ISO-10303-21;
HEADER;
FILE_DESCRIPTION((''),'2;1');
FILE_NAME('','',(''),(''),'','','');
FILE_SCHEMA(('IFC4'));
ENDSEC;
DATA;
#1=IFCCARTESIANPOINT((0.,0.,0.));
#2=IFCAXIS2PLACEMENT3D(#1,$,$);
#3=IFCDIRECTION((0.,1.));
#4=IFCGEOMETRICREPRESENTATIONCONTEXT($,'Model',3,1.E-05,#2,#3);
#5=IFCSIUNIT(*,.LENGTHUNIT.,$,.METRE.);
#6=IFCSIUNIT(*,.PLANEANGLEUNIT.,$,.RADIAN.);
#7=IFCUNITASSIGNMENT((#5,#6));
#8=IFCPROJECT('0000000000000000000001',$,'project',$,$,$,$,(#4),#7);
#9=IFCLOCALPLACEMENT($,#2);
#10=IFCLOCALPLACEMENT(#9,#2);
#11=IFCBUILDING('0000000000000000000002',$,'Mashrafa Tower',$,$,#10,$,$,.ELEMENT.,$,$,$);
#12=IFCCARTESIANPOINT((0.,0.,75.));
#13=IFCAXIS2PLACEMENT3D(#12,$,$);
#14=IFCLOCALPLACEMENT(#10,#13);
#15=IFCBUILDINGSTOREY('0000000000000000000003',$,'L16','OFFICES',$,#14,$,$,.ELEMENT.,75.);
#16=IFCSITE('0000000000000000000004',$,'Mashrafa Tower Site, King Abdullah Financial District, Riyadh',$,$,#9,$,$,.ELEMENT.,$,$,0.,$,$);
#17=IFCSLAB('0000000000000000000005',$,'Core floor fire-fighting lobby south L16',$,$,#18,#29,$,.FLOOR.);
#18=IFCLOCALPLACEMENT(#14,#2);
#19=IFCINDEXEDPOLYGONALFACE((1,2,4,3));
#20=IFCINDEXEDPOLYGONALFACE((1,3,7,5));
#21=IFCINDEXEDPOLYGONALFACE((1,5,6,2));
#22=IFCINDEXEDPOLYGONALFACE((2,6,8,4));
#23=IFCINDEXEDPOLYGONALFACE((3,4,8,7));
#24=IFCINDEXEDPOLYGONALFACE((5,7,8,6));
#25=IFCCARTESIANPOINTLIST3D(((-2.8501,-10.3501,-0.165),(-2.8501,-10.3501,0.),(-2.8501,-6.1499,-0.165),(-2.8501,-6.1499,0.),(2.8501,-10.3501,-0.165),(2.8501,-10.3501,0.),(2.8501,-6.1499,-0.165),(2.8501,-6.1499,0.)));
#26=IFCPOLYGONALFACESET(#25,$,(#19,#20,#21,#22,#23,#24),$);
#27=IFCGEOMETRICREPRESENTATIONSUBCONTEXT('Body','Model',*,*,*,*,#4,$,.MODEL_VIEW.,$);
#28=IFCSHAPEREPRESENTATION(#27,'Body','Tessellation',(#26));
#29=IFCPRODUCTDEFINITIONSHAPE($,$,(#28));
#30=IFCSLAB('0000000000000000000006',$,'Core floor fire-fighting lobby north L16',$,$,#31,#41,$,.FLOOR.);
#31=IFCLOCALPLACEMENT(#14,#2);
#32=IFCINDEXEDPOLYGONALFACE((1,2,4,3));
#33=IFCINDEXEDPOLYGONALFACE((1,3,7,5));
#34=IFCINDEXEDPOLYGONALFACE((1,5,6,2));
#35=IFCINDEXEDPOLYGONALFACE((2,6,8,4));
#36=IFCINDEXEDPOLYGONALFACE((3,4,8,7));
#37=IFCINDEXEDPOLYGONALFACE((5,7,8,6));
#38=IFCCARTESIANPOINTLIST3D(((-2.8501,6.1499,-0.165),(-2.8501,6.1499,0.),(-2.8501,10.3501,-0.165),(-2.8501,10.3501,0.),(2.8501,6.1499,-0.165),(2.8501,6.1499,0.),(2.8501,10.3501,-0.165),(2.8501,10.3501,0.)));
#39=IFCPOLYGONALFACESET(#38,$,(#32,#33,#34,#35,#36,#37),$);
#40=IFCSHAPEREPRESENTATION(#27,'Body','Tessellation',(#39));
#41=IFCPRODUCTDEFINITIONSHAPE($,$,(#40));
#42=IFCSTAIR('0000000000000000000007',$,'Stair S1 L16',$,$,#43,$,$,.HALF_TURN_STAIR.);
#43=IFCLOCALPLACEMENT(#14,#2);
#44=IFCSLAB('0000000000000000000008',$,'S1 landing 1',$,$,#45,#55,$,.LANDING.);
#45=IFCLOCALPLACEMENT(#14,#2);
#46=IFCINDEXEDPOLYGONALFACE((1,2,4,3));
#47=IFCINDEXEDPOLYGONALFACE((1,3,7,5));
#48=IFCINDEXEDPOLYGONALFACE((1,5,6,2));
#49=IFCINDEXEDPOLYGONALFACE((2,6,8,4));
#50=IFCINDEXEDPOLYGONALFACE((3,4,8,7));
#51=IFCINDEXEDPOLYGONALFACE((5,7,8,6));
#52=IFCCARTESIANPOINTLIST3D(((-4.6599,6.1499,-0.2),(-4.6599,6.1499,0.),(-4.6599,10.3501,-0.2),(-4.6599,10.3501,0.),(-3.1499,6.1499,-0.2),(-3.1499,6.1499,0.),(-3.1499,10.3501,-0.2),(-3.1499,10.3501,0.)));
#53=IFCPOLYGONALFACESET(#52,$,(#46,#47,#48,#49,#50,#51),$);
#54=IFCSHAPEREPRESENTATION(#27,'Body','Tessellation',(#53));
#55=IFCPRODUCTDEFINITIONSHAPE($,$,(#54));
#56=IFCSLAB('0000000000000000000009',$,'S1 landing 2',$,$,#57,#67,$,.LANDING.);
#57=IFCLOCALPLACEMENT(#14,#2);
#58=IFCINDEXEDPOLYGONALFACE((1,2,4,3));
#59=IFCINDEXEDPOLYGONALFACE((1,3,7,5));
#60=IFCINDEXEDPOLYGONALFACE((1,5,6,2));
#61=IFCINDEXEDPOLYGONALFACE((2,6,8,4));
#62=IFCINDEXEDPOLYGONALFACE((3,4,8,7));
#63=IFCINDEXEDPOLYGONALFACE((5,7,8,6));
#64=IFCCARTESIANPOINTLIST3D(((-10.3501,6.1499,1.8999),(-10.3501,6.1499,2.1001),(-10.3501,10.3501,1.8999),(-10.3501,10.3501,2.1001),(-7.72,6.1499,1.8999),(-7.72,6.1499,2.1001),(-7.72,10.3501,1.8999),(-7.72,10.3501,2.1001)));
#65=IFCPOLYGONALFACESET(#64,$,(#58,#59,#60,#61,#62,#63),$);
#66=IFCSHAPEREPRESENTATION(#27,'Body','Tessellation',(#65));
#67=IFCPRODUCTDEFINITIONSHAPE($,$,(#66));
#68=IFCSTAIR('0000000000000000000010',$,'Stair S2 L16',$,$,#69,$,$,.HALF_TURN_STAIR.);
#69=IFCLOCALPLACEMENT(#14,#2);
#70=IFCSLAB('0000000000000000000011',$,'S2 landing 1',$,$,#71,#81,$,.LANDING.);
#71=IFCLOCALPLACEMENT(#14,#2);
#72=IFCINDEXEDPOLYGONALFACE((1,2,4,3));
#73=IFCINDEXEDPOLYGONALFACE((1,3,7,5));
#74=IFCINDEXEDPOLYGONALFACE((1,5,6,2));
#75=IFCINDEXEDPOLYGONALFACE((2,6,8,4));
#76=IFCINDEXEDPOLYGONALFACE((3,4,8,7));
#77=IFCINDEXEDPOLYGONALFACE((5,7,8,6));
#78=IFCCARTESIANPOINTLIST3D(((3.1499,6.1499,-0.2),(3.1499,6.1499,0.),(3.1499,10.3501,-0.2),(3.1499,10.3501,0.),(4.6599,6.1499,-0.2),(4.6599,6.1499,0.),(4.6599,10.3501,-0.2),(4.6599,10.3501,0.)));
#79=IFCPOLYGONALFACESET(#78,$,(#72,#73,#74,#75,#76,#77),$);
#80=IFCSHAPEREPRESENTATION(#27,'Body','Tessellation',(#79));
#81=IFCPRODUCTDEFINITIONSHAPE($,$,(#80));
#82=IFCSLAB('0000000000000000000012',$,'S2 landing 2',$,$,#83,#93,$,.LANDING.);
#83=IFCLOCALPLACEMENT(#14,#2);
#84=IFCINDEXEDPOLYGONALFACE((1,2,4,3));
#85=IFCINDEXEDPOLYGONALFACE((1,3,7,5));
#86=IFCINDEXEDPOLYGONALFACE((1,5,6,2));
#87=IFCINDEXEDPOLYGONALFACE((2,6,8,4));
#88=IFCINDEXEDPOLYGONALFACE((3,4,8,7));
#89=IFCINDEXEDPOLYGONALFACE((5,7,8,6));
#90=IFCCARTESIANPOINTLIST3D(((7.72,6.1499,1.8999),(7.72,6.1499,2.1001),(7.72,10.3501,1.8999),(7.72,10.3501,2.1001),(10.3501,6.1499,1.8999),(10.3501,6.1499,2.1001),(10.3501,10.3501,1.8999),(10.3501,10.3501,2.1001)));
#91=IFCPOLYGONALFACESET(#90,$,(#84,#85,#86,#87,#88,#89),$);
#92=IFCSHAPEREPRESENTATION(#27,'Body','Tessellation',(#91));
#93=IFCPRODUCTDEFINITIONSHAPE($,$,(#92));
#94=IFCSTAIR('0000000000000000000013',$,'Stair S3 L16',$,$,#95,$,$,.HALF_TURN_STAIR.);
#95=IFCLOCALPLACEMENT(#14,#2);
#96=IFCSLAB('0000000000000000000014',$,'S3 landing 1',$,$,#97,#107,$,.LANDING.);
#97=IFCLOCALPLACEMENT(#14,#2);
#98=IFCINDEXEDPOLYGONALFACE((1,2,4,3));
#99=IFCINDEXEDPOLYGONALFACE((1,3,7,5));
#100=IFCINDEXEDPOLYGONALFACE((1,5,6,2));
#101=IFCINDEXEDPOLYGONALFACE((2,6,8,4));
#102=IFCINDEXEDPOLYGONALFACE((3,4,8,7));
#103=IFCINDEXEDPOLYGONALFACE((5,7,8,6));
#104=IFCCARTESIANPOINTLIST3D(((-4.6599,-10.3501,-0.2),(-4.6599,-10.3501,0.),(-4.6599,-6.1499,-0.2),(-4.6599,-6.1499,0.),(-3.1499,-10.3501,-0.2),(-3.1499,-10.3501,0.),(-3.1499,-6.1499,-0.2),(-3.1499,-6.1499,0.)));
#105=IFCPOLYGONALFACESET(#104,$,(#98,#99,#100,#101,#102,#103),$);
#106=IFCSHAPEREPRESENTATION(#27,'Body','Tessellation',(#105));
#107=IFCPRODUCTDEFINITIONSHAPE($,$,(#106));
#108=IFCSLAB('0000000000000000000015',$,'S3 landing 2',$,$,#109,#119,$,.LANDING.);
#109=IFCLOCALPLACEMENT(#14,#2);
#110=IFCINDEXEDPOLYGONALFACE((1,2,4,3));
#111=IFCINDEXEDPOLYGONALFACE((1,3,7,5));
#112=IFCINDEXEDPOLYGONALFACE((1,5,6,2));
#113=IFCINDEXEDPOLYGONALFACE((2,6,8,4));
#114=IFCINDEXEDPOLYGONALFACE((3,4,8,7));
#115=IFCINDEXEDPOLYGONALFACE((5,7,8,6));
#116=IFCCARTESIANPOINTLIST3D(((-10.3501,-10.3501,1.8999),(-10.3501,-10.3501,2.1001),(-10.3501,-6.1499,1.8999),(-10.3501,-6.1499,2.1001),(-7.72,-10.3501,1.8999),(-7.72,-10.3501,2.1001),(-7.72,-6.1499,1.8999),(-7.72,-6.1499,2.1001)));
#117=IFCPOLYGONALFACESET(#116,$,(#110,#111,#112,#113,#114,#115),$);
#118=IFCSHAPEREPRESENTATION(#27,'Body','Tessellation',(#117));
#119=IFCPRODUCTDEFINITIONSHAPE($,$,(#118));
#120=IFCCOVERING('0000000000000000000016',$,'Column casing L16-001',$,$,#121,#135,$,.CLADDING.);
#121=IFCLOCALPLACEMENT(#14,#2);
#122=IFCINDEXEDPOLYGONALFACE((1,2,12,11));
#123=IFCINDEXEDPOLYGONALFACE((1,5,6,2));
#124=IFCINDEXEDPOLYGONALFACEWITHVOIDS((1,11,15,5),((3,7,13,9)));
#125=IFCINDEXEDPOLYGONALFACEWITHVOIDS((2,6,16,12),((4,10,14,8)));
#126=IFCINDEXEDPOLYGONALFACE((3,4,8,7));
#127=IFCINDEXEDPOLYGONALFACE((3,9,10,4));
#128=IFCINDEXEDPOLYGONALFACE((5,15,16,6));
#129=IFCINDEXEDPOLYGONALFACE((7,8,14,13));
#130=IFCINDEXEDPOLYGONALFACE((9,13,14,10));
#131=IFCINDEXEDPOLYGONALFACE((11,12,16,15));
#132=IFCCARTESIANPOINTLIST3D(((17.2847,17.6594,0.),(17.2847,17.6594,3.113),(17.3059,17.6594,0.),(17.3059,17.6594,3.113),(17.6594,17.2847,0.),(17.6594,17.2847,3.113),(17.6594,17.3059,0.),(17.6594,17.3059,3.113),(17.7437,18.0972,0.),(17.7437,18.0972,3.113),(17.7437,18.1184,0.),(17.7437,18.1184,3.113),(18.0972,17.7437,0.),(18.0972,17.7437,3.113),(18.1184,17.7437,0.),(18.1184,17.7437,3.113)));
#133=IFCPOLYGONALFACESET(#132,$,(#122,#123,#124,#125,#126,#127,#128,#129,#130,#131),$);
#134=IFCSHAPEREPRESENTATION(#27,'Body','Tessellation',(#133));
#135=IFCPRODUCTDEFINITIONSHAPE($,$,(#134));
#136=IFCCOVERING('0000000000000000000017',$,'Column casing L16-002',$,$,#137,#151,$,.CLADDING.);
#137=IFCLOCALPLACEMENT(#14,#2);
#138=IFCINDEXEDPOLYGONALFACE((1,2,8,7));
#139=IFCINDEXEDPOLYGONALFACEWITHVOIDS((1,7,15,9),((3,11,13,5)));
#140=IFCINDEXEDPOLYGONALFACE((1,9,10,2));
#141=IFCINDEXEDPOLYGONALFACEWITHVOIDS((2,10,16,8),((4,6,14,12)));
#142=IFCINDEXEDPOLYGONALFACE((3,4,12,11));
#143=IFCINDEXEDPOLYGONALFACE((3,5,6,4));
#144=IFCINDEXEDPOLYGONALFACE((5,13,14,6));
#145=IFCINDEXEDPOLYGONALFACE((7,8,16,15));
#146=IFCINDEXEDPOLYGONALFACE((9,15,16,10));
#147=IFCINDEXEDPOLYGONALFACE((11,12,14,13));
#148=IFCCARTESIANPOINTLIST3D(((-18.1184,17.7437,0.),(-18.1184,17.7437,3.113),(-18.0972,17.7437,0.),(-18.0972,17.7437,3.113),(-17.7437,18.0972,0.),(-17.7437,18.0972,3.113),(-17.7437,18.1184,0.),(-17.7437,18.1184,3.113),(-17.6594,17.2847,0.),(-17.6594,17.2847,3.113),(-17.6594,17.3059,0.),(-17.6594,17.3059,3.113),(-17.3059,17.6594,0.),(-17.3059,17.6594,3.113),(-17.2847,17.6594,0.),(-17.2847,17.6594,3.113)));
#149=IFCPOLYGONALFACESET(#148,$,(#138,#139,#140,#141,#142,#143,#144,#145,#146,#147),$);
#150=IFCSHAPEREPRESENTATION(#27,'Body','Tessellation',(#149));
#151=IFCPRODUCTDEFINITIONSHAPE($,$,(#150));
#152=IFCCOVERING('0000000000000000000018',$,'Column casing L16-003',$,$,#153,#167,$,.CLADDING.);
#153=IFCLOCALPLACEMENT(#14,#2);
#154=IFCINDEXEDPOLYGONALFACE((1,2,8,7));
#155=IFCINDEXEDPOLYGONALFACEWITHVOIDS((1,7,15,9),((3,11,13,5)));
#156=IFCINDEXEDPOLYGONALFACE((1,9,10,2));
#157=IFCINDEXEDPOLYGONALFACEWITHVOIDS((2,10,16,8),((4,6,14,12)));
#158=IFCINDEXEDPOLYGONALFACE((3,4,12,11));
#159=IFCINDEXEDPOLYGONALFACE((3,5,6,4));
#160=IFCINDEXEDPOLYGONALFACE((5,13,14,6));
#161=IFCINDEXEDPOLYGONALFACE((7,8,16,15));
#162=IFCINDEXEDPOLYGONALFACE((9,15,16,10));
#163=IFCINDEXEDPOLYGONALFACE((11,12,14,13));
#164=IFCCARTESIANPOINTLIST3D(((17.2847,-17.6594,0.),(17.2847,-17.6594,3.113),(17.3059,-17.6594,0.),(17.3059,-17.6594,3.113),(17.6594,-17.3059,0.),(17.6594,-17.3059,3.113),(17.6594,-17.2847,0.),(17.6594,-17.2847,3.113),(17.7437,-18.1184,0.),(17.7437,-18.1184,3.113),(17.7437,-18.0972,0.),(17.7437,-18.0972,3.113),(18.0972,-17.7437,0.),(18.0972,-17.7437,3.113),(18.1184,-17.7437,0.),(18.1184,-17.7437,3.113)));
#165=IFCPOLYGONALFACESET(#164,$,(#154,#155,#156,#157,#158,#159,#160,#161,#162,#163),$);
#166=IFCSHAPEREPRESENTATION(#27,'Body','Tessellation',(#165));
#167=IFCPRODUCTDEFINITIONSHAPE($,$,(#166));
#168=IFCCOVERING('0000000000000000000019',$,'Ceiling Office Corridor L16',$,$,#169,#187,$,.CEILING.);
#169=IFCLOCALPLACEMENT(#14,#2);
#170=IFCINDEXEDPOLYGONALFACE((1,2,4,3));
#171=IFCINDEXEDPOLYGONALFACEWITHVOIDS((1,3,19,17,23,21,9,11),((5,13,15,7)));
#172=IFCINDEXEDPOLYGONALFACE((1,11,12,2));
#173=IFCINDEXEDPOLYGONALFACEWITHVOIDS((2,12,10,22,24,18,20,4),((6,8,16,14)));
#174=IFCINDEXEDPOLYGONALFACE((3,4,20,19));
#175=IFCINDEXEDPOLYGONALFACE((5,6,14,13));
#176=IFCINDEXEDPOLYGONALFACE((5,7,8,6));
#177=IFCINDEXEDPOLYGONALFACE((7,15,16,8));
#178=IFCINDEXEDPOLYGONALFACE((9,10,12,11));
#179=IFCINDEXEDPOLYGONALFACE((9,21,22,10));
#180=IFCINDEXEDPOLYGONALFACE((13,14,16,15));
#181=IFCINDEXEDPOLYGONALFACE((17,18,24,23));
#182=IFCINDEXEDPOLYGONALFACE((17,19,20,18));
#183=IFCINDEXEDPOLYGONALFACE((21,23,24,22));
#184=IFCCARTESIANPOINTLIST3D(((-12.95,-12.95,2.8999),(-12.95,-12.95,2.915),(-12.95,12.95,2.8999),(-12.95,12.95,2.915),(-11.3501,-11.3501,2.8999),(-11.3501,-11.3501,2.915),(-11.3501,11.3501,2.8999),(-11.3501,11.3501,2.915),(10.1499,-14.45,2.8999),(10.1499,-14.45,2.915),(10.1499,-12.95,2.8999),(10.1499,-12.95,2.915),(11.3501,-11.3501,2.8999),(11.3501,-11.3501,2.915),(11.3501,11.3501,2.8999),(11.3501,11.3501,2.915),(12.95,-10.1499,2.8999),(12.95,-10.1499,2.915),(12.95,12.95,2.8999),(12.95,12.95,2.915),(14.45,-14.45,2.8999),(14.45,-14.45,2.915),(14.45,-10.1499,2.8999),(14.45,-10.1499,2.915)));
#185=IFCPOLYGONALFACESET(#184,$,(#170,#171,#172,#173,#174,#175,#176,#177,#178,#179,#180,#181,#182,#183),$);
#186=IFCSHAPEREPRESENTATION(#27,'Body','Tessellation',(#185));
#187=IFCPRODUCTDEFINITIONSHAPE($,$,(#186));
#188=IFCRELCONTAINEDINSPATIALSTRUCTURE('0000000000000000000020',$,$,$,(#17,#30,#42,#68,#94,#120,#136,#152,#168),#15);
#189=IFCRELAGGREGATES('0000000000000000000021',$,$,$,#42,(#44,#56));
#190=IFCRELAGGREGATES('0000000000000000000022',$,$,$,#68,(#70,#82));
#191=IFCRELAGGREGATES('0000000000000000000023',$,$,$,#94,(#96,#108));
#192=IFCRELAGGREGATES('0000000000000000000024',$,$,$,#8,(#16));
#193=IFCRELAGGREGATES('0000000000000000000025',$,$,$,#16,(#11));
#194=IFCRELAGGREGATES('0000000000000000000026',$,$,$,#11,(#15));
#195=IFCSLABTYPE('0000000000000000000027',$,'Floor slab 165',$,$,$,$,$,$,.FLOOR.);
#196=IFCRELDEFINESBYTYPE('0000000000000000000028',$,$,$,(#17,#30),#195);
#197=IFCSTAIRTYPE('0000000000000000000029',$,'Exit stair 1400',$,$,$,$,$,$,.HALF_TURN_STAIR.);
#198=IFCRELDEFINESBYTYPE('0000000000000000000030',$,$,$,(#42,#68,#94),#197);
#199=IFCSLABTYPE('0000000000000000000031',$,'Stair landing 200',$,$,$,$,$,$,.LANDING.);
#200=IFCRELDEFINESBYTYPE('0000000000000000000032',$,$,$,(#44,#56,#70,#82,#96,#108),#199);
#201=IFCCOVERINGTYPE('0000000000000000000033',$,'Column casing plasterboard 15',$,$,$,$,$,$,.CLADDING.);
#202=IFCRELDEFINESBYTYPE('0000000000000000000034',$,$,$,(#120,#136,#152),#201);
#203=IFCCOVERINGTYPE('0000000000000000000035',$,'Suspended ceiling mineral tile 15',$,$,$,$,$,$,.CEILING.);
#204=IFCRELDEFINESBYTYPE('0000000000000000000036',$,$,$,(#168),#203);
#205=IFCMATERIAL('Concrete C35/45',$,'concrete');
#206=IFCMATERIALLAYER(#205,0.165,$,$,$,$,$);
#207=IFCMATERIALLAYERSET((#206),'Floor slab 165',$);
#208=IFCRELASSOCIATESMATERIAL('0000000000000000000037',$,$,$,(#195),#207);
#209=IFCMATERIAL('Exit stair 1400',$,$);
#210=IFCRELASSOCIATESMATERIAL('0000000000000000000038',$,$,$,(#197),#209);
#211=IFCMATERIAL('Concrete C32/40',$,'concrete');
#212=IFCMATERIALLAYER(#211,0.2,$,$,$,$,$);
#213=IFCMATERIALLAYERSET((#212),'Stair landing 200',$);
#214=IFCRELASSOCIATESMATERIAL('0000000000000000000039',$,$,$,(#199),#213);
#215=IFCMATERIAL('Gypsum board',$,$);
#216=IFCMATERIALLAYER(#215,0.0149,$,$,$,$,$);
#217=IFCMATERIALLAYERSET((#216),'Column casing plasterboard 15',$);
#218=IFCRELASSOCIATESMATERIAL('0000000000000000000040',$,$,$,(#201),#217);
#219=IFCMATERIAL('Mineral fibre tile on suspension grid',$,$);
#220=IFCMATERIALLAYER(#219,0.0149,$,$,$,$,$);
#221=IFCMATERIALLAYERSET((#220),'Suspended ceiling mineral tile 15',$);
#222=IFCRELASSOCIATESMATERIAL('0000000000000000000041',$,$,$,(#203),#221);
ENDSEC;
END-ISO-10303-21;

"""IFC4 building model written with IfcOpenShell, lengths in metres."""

from ifc_helpers import new_model, si_unit, direction, frame, origin, place, context, subcontext, project, spatial, polyline, outline, extrude, material, layer, layer_set, type_object, element, aggregate, save


model = new_model("IFC4")

# Units and contexts
model_context = context("Model", 3, precision=1e-05, world=origin(), true_north=direction((0.0, 1.0)))
body_context = subcontext(model_context, "Body", "Model", "MODEL_VIEW")
ifc_project = project(units=[si_unit("LENGTHUNIT", "METRE"), si_unit("PLANEANGLEUNIT", "RADIAN")], contexts=[model_context])

# Site, building, storey
site_placement = place(None, origin())
site = spatial("IfcSite", under=ifc_project, at=site_placement, Name="Mashrafa Tower Site, King Abdullah Financial District, Riyadh", CompositionType="ELEMENT", RefElevation=0.0)
building_placement = place(site_placement, origin())
building = spatial("IfcBuilding", under=site, at=building_placement, Name="Mashrafa Tower", CompositionType="ELEMENT")
storey_placement = place(building_placement, frame((0.0, 0.0, 75.0)))
storey = spatial("IfcBuildingStorey", under=building, at=storey_placement, Name="L16", Description="OFFICES", CompositionType="ELEMENT", Elevation=75.0)

# Slabs
ifc_material_1 = material(Name="Concrete C35/45", Category="concrete")
ifc_layer_1 = layer(ifc_material_1, 0.165)
ifc_layer_set_1 = layer_set([ifc_layer_1], Name="Floor slab 165")
slab_type_1 = type_object("IfcSlabType", Name="Floor slab 165", PredefinedType="FLOOR", material=ifc_layer_set_1)
slab_1_placement = place(storey_placement, frame((0.0, 0.0, -0.165)))
element("IfcSlab", 1, at=slab_1_placement, inside=storey, type_object=slab_type_1, Name="Core floor fire-fighting lobby south L16", PredefinedType="FLOOR", context=body_context, shape_type="SweptSolid", body=[
    extrude(outline(polyline([(2.8501, -6.1499), (2.8501, -10.3501), (-2.8501, -10.3501), (-2.8501, -6.1499), (2.8501, -6.1499)])), origin(), (0.0, 0.0, 1.0), 0.165),
])
slab_2_placement = place(storey_placement, frame((0.0, 0.0, -0.165)))
element("IfcSlab", 2, at=slab_2_placement, inside=storey, type_object=slab_type_1, Name="Core floor fire-fighting lobby north L16", PredefinedType="FLOOR", context=body_context, shape_type="SweptSolid", body=[
    extrude(outline(polyline([(-2.8501, 10.3501), (2.8501, 10.3501), (2.8501, 6.1499), (-2.8501, 6.1499), (-2.8501, 10.3501)])), origin(), (0.0, 0.0, 1.0), 0.165),
])

# Stairs, slabs
ifc_material_2 = material(Name="Exit stair 1400")
stair_type = type_object("IfcStairType", Name="Exit stair 1400", PredefinedType="HALF_TURN_STAIR", material=ifc_material_2)
stair_1_placement = place(storey_placement, origin())
stair_1 = element("IfcStair", 3, at=stair_1_placement, inside=storey, type_object=stair_type, Name="Stair S1 L16", PredefinedType="HALF_TURN_STAIR")
ifc_material_3 = material(Name="Concrete C32/40", Category="concrete")
ifc_layer_2 = layer(ifc_material_3, 0.2)
ifc_layer_set_2 = layer_set([ifc_layer_2], Name="Stair landing 200")
slab_type_2 = type_object("IfcSlabType", Name="Stair landing 200", PredefinedType="LANDING", material=ifc_layer_set_2)
slab_3_placement = place(storey_placement, frame((0.0, 0.0, -0.2)))
slab_3 = element("IfcSlab", 4, at=slab_3_placement, type_object=slab_type_2, Name="S1 landing 1", PredefinedType="LANDING", context=body_context, shape_type="SweptSolid", body=[
    extrude(outline(polyline([(-4.6599, 6.1499), (-3.1499, 6.1499), (-3.1499, 10.3501), (-4.6599, 10.3501), (-4.6599, 6.1499)])), origin(), (0.0, 0.0, 1.0), 0.2),
])
slab_4_placement = place(storey_placement, frame((0.0, 0.0, 1.8999)))
slab_4 = element("IfcSlab", 5, at=slab_4_placement, type_object=slab_type_2, Name="S1 landing 2", PredefinedType="LANDING", context=body_context, shape_type="SweptSolid", body=[
    extrude(outline(polyline([(-10.3501, 6.1499), (-7.72, 6.1499), (-7.72, 10.3501), (-10.3501, 10.3501), (-10.3501, 6.1499)])), origin(), (0.0, 0.0, 1.0), 0.2002),
])
aggregate(stair_1, [slab_3, slab_4])
stair_2_placement = place(storey_placement, origin())
stair_2 = element("IfcStair", 6, at=stair_2_placement, inside=storey, type_object=stair_type, Name="Stair S2 L16", PredefinedType="HALF_TURN_STAIR")
slab_5_placement = place(storey_placement, frame((0.0, 0.0, -0.2)))
slab_5 = element("IfcSlab", 7, at=slab_5_placement, type_object=slab_type_2, Name="S2 landing 1", PredefinedType="LANDING", context=body_context, shape_type="SweptSolid", body=[
    extrude(outline(polyline([(3.1499, 6.1499), (4.6599, 6.1499), (4.6599, 10.3501), (3.1499, 10.3501), (3.1499, 6.1499)])), origin(), (0.0, 0.0, 1.0), 0.2),
])
slab_6_placement = place(storey_placement, frame((0.0, 0.0, 1.8999)))
slab_6 = element("IfcSlab", 8, at=slab_6_placement, type_object=slab_type_2, Name="S2 landing 2", PredefinedType="LANDING", context=body_context, shape_type="SweptSolid", body=[
    extrude(outline(polyline([(7.72, 6.1499), (10.3501, 6.1499), (10.3501, 10.3501), (7.72, 10.3501), (7.72, 6.1499)])), origin(), (0.0, 0.0, 1.0), 0.2002),
])
aggregate(stair_2, [slab_5, slab_6])
stair_3_placement = place(storey_placement, origin())
stair_3 = element("IfcStair", 9, at=stair_3_placement, inside=storey, type_object=stair_type, Name="Stair S3 L16", PredefinedType="HALF_TURN_STAIR")
slab_7_placement = place(storey_placement, frame((0.0, 0.0, -0.2)))
slab_7 = element("IfcSlab", 10, at=slab_7_placement, type_object=slab_type_2, Name="S3 landing 1", PredefinedType="LANDING", context=body_context, shape_type="SweptSolid", body=[
    extrude(outline(polyline([(-4.6599, -10.3501), (-3.1499, -10.3501), (-3.1499, -6.1499), (-4.6599, -6.1499), (-4.6599, -10.3501)])), origin(), (0.0, 0.0, 1.0), 0.2),
])
slab_8_placement = place(storey_placement, frame((0.0, 0.0, 1.8999)))
slab_8 = element("IfcSlab", 11, at=slab_8_placement, type_object=slab_type_2, Name="S3 landing 2", PredefinedType="LANDING", context=body_context, shape_type="SweptSolid", body=[
    extrude(outline(polyline([(-10.3501, -10.3501), (-7.72, -10.3501), (-7.72, -6.1499), (-10.3501, -6.1499), (-10.3501, -10.3501)])), origin(), (0.0, 0.0, 1.0), 0.2002),
])
aggregate(stair_3, [slab_7, slab_8])

# Coverings
ifc_material_4 = material(Name="Gypsum board")
ifc_layer_3 = layer(ifc_material_4, 0.0149)
ifc_layer_set_3 = layer_set([ifc_layer_3], Name="Column casing plasterboard 15")
covering_type_1 = type_object("IfcCoveringType", Name="Column casing plasterboard 15", PredefinedType="CLADDING", material=ifc_layer_set_3)
covering_1_placement = place(storey_placement, origin())
element("IfcCovering", 12, at=covering_1_placement, inside=storey, type_object=covering_type_1, Name="Column casing L16-001", PredefinedType="CLADDING", context=body_context, shape_type="SweptSolid", body=[
    extrude(outline(polyline([(17.2847, 17.6594), (17.7437, 18.1184), (18.1184, 17.7437), (17.6594, 17.2847), (17.2847, 17.6594)]), holes=[polyline([(18.0972, 17.7437), (17.7437, 18.0972), (17.3059, 17.6594), (17.6594, 17.3059), (18.0972, 17.7437)])]), origin(), (0.0, 0.0, 1.0), 3.113),
])
covering_2_placement = place(storey_placement, origin())
element("IfcCovering", 13, at=covering_2_placement, inside=storey, type_object=covering_type_1, Name="Column casing L16-002", PredefinedType="CLADDING", context=body_context, shape_type="SweptSolid", body=[
    extrude(outline(polyline([(-18.1184, 17.7437), (-17.7437, 18.1184), (-17.2847, 17.6594), (-17.6594, 17.2847), (-18.1184, 17.7437)]), holes=[polyline([(-17.3059, 17.6594), (-17.7437, 18.0972), (-18.0972, 17.7437), (-17.6594, 17.3059), (-17.3059, 17.6594)])]), origin(), (0.0, 0.0, 1.0), 3.113),
])
covering_3_placement = place(storey_placement, origin())
element("IfcCovering", 14, at=covering_3_placement, inside=storey, type_object=covering_type_1, Name="Column casing L16-003", PredefinedType="CLADDING", context=body_context, shape_type="SweptSolid", body=[
    extrude(outline(polyline([(17.2847, -17.6594), (17.6594, -17.2847), (18.1184, -17.7437), (17.7437, -18.1184), (17.2847, -17.6594)]), holes=[polyline([(18.0972, -17.7437), (17.6594, -17.3059), (17.3059, -17.6594), (17.7437, -18.0972), (18.0972, -17.7437)])]), origin(), (0.0, 0.0, 1.0), 3.113),
])
ifc_material_5 = material(Name="Mineral fibre tile on suspension grid")
ifc_layer_4 = layer(ifc_material_5, 0.0149)
ifc_layer_set_4 = layer_set([ifc_layer_4], Name="Suspended ceiling mineral tile 15")
covering_type_2 = type_object("IfcCoveringType", Name="Suspended ceiling mineral tile 15", PredefinedType="CEILING", material=ifc_layer_set_4)
covering_4_placement = place(storey_placement, frame((0.0, 0.0, 2.8999)))
element("IfcCovering", 15, at=covering_4_placement, inside=storey, type_object=covering_type_2, Name="Ceiling Office Corridor L16", PredefinedType="CEILING", context=body_context, shape_type="SweptSolid", body=[
    extrude(outline(polyline([(14.45, -10.1499), (14.45, -14.45), (10.1499, -14.45), (10.1499, -12.95), (-12.95, -12.95), (-12.95, 12.95), (12.95, 12.95), (12.95, -10.1499), (14.45, -10.1499)]), holes=[polyline([(11.3501, 11.3501), (-11.3501, 11.3501), (-11.3501, -11.3501), (11.3501, -11.3501), (11.3501, 11.3501)])]), origin(), (0.0, 0.0, 1.0), 0.0151),
])

save(model, "model.ifc")
